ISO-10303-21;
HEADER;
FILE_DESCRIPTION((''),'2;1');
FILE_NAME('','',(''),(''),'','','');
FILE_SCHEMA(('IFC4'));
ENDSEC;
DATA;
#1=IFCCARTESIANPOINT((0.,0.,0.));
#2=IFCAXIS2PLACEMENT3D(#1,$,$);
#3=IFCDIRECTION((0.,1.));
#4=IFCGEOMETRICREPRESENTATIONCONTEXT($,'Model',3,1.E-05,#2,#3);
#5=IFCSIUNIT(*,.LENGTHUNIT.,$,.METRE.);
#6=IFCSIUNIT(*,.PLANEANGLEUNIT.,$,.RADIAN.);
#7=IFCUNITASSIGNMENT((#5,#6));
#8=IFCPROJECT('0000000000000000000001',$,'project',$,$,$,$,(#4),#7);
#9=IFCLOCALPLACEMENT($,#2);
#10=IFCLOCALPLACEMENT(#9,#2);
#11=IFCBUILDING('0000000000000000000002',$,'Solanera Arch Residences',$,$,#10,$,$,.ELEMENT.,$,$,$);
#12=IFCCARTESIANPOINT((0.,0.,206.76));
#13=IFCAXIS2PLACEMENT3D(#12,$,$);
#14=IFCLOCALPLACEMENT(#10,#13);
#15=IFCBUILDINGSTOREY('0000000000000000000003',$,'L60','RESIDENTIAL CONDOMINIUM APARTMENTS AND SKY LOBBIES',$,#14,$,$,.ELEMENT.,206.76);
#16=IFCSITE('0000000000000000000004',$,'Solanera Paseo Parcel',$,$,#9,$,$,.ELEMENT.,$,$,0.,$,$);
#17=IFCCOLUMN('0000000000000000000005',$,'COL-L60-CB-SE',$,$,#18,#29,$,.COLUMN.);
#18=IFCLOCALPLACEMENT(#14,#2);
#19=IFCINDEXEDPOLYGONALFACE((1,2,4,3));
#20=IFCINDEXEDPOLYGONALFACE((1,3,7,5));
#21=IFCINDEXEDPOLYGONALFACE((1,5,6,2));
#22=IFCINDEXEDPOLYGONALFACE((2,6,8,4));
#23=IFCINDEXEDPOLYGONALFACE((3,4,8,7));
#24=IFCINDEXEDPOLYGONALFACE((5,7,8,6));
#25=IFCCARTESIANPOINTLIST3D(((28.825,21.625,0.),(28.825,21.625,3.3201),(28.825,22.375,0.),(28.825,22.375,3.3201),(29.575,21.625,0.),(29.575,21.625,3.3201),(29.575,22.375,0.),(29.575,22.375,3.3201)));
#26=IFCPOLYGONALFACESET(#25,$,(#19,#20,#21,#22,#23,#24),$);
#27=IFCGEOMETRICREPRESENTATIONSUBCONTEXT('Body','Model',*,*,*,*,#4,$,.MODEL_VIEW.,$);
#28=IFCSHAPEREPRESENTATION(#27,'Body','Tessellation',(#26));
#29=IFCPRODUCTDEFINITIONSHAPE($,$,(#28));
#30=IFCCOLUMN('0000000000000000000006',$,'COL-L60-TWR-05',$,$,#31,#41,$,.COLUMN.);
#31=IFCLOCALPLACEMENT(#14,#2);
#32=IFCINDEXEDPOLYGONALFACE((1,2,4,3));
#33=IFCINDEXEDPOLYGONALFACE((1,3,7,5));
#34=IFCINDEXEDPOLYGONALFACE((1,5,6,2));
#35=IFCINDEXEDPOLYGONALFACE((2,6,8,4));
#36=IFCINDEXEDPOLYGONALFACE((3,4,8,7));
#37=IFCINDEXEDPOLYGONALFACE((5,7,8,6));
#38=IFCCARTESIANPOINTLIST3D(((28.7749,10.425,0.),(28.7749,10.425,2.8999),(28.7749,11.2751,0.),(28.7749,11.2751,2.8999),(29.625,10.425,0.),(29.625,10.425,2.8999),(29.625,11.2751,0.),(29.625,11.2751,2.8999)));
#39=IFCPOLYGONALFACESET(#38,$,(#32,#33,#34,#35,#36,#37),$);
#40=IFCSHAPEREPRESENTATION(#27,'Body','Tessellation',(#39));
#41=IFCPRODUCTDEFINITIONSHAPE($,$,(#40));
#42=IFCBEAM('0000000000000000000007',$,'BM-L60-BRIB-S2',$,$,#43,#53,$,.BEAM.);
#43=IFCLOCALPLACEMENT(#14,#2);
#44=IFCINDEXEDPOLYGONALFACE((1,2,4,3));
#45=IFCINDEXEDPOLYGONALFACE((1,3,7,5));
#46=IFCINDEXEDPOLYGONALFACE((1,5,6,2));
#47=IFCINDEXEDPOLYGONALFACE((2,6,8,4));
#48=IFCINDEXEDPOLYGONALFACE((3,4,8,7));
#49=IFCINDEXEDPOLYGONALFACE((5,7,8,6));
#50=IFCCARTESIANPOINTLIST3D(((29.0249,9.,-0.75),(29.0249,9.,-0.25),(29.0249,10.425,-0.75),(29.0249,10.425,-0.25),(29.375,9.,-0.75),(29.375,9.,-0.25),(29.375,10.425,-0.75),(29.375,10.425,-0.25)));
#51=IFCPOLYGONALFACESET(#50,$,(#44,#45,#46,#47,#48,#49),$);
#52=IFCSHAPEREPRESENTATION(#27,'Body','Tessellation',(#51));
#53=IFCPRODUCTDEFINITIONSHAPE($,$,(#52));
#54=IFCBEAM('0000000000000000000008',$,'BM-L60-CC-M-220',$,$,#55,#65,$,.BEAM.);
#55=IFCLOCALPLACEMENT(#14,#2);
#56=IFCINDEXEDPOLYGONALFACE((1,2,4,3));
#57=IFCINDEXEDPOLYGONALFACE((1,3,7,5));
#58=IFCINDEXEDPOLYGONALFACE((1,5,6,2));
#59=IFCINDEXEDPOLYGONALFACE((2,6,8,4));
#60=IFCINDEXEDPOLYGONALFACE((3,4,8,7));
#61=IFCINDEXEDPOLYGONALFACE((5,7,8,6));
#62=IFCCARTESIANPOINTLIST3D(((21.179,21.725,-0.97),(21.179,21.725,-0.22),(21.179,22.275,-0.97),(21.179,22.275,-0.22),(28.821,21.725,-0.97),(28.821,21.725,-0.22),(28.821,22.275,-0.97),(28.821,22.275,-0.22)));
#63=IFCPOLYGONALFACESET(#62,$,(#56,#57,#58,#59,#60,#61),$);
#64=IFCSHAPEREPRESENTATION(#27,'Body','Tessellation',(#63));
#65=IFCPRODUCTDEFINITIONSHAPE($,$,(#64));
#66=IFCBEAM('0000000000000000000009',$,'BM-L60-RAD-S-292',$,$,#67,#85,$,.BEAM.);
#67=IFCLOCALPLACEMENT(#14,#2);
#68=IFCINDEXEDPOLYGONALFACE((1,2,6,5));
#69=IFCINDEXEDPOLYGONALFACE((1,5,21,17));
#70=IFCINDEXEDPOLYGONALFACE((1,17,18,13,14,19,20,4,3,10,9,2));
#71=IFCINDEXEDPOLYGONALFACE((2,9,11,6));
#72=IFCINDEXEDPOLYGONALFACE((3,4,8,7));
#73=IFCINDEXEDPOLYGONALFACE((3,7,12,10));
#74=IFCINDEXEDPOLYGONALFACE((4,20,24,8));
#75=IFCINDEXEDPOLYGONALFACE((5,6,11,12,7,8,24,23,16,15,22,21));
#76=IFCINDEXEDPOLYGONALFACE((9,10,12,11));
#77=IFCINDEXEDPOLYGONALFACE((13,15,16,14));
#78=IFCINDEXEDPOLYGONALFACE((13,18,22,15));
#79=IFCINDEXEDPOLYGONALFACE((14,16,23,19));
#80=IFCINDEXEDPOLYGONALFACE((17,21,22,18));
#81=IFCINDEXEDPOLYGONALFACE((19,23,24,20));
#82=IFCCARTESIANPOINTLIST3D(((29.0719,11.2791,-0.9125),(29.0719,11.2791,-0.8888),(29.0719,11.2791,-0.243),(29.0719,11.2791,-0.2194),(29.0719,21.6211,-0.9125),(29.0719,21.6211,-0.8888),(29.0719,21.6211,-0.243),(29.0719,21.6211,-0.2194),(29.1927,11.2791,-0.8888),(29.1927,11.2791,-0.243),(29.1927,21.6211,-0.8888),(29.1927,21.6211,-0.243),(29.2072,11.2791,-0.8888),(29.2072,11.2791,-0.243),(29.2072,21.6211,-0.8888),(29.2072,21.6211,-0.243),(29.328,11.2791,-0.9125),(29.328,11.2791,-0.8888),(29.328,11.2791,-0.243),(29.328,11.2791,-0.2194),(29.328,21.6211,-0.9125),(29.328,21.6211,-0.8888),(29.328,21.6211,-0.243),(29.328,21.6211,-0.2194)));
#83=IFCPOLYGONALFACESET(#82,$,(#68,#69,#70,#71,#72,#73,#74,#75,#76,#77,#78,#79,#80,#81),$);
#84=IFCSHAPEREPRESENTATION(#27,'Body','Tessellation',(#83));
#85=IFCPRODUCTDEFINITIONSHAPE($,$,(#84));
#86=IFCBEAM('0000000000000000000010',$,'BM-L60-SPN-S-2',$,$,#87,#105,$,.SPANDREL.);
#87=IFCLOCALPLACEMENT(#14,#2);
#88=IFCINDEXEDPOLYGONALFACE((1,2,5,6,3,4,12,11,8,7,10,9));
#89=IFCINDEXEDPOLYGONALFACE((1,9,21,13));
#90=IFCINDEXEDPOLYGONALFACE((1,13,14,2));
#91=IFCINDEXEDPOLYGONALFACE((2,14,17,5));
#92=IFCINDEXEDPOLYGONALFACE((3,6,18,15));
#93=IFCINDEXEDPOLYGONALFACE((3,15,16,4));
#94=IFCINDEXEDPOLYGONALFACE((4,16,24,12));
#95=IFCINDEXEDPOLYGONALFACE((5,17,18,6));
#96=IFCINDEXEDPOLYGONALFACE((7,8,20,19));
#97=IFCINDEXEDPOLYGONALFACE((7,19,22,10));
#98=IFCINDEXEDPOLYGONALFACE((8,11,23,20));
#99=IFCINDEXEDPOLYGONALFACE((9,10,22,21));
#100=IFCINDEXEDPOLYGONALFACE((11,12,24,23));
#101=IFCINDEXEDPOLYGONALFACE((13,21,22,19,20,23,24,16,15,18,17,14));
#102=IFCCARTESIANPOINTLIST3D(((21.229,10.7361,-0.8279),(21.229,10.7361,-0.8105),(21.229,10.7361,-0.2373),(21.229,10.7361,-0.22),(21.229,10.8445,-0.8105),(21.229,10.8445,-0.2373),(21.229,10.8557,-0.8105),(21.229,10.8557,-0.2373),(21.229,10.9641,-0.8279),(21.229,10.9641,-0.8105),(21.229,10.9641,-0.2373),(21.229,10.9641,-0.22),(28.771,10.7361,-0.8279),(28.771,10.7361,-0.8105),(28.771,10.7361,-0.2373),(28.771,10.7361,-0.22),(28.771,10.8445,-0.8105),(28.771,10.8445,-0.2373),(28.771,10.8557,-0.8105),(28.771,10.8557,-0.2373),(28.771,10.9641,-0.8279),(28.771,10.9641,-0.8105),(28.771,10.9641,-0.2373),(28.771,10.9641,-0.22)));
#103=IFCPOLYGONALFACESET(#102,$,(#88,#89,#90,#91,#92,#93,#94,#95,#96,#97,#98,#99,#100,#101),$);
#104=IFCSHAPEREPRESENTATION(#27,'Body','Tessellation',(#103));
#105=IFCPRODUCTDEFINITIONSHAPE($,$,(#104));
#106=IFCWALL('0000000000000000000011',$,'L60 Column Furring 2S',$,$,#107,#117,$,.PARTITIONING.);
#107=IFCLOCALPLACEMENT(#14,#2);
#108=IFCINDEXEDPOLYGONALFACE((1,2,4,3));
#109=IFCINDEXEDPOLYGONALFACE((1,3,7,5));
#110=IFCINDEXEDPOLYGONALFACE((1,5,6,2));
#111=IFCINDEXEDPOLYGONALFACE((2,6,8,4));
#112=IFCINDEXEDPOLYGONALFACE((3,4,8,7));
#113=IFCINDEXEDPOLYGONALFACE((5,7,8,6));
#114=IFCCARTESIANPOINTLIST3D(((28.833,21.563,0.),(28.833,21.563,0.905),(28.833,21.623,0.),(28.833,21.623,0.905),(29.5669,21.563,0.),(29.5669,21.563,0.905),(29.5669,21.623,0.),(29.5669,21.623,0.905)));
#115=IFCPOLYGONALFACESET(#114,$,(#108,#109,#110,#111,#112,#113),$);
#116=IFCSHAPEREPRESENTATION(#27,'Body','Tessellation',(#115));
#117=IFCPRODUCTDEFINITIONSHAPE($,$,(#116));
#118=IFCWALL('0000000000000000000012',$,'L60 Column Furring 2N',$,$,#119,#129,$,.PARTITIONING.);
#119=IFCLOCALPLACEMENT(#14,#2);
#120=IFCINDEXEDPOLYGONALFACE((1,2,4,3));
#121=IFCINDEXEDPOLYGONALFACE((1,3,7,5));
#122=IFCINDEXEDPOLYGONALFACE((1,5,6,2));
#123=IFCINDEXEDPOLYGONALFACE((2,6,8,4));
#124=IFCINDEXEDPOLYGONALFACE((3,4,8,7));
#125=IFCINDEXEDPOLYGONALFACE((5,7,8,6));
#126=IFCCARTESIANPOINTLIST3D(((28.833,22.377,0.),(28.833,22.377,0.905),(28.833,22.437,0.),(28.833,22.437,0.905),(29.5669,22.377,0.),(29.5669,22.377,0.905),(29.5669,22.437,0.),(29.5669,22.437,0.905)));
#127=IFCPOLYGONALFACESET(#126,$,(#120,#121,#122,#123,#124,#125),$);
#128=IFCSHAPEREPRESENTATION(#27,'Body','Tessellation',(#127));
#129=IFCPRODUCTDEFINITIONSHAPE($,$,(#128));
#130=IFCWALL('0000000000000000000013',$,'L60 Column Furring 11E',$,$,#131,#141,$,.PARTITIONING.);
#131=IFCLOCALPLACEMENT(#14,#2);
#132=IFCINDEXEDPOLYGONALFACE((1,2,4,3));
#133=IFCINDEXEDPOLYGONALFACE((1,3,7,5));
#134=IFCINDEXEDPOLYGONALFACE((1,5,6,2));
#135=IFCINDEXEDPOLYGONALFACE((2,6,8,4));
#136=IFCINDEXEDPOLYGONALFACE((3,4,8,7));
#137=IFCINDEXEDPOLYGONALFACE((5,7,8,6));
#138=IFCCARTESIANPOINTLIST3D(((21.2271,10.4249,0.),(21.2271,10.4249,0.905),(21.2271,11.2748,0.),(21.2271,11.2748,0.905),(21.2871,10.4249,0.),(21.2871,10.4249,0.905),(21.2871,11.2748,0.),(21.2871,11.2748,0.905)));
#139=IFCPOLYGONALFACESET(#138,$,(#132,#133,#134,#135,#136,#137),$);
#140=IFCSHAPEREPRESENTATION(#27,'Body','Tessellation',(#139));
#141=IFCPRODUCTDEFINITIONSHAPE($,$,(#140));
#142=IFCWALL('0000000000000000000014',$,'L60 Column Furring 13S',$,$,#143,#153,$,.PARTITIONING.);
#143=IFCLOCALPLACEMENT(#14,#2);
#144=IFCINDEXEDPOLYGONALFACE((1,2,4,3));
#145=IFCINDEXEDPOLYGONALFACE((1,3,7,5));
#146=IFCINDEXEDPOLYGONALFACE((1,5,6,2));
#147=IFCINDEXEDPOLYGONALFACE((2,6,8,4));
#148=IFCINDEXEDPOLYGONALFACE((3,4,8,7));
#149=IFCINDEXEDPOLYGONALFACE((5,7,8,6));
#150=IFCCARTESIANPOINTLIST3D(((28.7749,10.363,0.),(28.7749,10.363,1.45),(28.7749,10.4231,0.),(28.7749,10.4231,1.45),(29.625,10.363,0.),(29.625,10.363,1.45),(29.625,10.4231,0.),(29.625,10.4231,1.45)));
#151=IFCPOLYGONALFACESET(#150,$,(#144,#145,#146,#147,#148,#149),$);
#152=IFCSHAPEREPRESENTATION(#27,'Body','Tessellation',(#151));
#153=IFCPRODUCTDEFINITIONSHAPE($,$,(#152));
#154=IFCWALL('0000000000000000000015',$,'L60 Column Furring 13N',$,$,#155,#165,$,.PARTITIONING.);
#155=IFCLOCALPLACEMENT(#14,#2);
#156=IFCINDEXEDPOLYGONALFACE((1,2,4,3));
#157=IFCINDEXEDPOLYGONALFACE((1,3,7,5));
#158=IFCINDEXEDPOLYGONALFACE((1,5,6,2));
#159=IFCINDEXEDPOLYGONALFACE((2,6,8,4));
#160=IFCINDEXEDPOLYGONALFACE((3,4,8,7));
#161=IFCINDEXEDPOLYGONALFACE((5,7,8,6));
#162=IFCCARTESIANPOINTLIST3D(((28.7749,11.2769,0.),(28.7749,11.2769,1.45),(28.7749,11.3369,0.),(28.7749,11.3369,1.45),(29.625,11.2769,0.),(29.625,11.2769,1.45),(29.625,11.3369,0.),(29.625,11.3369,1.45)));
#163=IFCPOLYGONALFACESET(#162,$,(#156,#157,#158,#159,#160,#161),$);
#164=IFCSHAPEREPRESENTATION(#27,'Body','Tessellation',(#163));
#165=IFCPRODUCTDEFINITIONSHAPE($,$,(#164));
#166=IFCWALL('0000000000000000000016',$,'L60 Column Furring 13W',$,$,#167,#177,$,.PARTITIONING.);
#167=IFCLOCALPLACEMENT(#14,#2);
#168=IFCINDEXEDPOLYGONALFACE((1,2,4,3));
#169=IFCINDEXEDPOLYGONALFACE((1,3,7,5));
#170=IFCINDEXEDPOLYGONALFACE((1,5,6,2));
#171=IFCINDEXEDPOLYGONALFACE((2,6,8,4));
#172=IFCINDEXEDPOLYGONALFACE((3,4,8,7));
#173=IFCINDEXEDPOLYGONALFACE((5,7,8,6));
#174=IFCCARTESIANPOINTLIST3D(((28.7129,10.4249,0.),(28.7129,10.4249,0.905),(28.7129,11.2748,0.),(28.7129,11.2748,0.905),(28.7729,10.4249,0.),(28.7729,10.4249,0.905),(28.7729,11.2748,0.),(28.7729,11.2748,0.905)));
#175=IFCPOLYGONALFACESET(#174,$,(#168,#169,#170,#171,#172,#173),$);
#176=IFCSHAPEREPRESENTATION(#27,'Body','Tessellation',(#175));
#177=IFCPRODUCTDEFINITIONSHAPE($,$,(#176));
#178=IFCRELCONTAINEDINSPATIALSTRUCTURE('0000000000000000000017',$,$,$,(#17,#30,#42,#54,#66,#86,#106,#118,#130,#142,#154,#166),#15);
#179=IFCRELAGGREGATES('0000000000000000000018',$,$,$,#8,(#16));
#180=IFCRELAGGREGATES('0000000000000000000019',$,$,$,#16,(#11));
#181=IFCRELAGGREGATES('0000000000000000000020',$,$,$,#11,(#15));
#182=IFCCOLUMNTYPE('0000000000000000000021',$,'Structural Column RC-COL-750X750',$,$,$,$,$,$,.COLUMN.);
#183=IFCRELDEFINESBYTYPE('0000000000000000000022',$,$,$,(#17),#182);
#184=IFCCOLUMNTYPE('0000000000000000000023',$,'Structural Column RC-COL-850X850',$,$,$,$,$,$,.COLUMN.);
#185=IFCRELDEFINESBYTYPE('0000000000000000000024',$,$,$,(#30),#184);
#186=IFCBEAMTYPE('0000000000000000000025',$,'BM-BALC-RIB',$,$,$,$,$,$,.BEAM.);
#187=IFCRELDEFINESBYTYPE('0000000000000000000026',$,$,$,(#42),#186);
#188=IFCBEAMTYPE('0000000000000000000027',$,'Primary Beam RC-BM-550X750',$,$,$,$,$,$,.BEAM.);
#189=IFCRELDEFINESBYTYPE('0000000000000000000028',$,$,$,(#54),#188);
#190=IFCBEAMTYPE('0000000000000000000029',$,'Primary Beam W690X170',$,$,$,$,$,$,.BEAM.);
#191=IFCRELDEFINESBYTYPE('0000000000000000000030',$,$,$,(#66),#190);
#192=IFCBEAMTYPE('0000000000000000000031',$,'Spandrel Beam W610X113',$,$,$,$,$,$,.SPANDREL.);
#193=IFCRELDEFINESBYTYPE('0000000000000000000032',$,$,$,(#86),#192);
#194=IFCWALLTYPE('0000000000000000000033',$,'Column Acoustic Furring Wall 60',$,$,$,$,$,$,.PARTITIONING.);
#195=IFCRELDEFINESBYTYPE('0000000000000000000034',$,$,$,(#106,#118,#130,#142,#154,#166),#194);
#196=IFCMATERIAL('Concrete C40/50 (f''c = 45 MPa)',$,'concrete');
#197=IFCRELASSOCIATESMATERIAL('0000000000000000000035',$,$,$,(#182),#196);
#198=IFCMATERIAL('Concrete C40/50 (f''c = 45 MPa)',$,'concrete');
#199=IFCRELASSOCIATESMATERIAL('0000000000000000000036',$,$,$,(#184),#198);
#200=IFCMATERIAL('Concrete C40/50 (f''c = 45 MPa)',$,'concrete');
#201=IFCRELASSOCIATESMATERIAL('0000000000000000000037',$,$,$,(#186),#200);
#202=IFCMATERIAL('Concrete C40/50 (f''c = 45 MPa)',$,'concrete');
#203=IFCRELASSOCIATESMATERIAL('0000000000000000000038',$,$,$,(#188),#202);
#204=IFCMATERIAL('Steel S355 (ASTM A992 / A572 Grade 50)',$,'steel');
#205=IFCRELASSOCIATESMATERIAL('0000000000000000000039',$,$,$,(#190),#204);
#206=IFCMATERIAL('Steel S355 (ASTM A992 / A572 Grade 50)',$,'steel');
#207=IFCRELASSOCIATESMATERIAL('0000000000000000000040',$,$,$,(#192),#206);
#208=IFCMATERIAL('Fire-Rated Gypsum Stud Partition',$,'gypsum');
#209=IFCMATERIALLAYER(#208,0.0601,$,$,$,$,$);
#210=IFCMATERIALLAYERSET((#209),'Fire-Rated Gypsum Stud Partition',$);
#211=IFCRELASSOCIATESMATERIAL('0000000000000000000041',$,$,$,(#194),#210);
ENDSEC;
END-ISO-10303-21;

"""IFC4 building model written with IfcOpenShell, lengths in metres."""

from ifc_helpers import new_model, si_unit, direction, frame, frame_2d, origin, origin_2d, place, context, subcontext, project, spatial, rectangle, i_section, extrude, material, layer, layer_set, material_profile, profile_set, type_object, element, save


model = new_model("IFC4")

# Units and contexts
model_context = context("Model", 3, precision=1e-05, world=origin(), true_north=direction((0.0, 1.0)))
body_context = subcontext(model_context, "Body", "Model", "MODEL_VIEW")
ifc_project = project(units=[si_unit("LENGTHUNIT", "METRE"), si_unit("PLANEANGLEUNIT", "RADIAN")], contexts=[model_context])

# Site, building, storey
site_placement = place(None, origin())
site = spatial("IfcSite", under=ifc_project, at=site_placement, Name="Solanera Paseo Parcel", CompositionType="ELEMENT", RefElevation=0.0)
building_placement = place(site_placement, origin())
building = spatial("IfcBuilding", under=site, at=building_placement, Name="Solanera Arch Residences", CompositionType="ELEMENT")
storey_placement = place(building_placement, frame((0.0, 0.0, 206.76)))
storey = spatial("IfcBuildingStorey", under=building, at=storey_placement, Name="L60", Description="RESIDENTIAL CONDOMINIUM APARTMENTS AND SKY LOBBIES", CompositionType="ELEMENT", Elevation=206.76)

# Columns
ifc_material_1 = material(Name="Concrete C40/50 (f'c = 45 MPa)", Category="concrete")
ifc_material_profile_1 = material_profile(ifc_material_1, rectangle(XDim=0.75, YDim=0.75, at=origin_2d()))
ifc_profile_set_1 = profile_set([ifc_material_profile_1], Name="Concrete C40/50 (f'c = 45 MPa)")
column_type_1 = type_object("IfcColumnType", Name="Structural Column RC-COL-750X750", PredefinedType="COLUMN", material=ifc_profile_set_1)
column_1_placement = place(storey_placement, frame((29.2, 22.0, 0.0), z_axis=(0.0, 0.0, 1.0), x_axis=(1.0, 0.0, 0.0)))
element("IfcColumn", 1, at=column_1_placement, inside=storey, type_object=column_type_1, Name="COL-L60-CB-SE", PredefinedType="COLUMN", context=body_context, shape_type="SweptSolid", body=[
    extrude(rectangle(XDim=0.75, YDim=0.75, at=origin_2d()), origin(), (0.0, 0.0, 1.0), 3.3201),
])
ifc_material_2 = material(Name="Concrete C40/50 (f'c = 45 MPa)", Category="concrete")
ifc_material_profile_2 = material_profile(ifc_material_2, rectangle(XDim=0.8501, YDim=0.8501, at=origin_2d()))
ifc_profile_set_2 = profile_set([ifc_material_profile_2], Name="Concrete C40/50 (f'c = 45 MPa)")
column_type_2 = type_object("IfcColumnType", Name="Structural Column RC-COL-850X850", PredefinedType="COLUMN", material=ifc_profile_set_2)
column_2_placement = place(storey_placement, frame((29.2, 10.8501, 0.0), z_axis=(0.0, 0.0, 1.0), x_axis=(1.0, 0.0, 0.0)))
element("IfcColumn", 2, at=column_2_placement, inside=storey, type_object=column_type_2, Name="COL-L60-TWR-05", PredefinedType="COLUMN", context=body_context, shape_type="SweptSolid", body=[
    extrude(rectangle(XDim=0.8501, YDim=0.8501, at=origin_2d()), origin(), (0.0, 0.0, 1.0), 2.8999),
])

# Beams
ifc_material_3 = material(Name="Concrete C40/50 (f'c = 45 MPa)", Category="concrete")
ifc_material_profile_3 = material_profile(ifc_material_3, rectangle(XDim=0.3501, YDim=0.5, at=origin_2d()))
ifc_profile_set_3 = profile_set([ifc_material_profile_3], Name="Concrete C40/50 (f'c = 45 MPa)")
beam_type_1 = type_object("IfcBeamType", Name="BM-BALC-RIB", PredefinedType="BEAM", material=ifc_profile_set_3)
beam_1_placement = place(storey_placement, frame((29.2, 9.0, -0.5), z_axis=(0.0, 1.0, 0.0), x_axis=(-1.0, 0.0, 0.0)))
element("IfcBeam", 3, at=beam_1_placement, inside=storey, type_object=beam_type_1, Name="BM-L60-BRIB-S2", PredefinedType="BEAM", context=body_context, shape_type="SweptSolid", body=[
    extrude(rectangle(XDim=0.3501, YDim=0.5, at=origin_2d()), origin(), (0.0, 0.0, 1.0), 1.425),
])
ifc_material_4 = material(Name="Concrete C40/50 (f'c = 45 MPa)", Category="concrete")
ifc_material_profile_4 = material_profile(ifc_material_4, rectangle(XDim=0.55, YDim=0.75, at=origin_2d()))
ifc_profile_set_4 = profile_set([ifc_material_profile_4], Name="Concrete C40/50 (f'c = 45 MPa)")
beam_type_2 = type_object("IfcBeamType", Name="Primary Beam RC-BM-550X750", PredefinedType="BEAM", material=ifc_profile_set_4)
beam_2_placement = place(storey_placement, frame((21.179, 22.0, -0.595), z_axis=(1.0, 0.0, 0.0), x_axis=(0.0, 1.0, 0.0)))
element("IfcBeam", 4, at=beam_2_placement, inside=storey, type_object=beam_type_2, Name="BM-L60-CC-M-220", PredefinedType="BEAM", context=body_context, shape_type="SweptSolid", body=[
    extrude(rectangle(XDim=0.55, YDim=0.75, at=origin_2d()), origin(), (0.0, 0.0, 1.0), 7.6421),
])
ifc_material_5 = material(Name="Steel S355 (ASTM A992 / A572 Grade 50)", Category="steel")
ifc_material_profile_5 = material_profile(ifc_material_5, i_section(OverallWidth=0.2561, OverallDepth=0.6931, WebThickness=0.0144, FlangeThickness=0.0237, at=origin_2d()))
ifc_profile_set_5 = profile_set([ifc_material_profile_5], Name="Steel S355 (ASTM A992 / A572 Grade 50)")
beam_type_3 = type_object("IfcBeamType", Name="Primary Beam W690X170", PredefinedType="BEAM", material=ifc_profile_set_5)
beam_3_placement = place(storey_placement, frame((29.2, 11.2791, -0.5659), z_axis=(0.0, 1.0, 0.0), x_axis=(-1.0, 0.0, 0.0)))
element("IfcBeam", 5, at=beam_3_placement, inside=storey, type_object=beam_type_3, Name="BM-L60-RAD-S-292", PredefinedType="BEAM", context=body_context, shape_type="SweptSolid", body=[
    extrude(i_section(OverallWidth=0.2561, OverallDepth=0.6931, WebThickness=0.0144, FlangeThickness=0.0237, at=origin_2d()), origin(), (0.0, 0.0, 1.0), 10.342),
])
ifc_material_6 = material(Name="Steel S355 (ASTM A992 / A572 Grade 50)", Category="steel")
ifc_material_profile_6 = material_profile(ifc_material_6, i_section(OverallWidth=0.228, OverallDepth=0.6079, WebThickness=0.0112, FlangeThickness=0.0173, at=origin_2d()))
ifc_profile_set_6 = profile_set([ifc_material_profile_6], Name="Steel S355 (ASTM A992 / A572 Grade 50)")
beam_type_4 = type_object("IfcBeamType", Name="Spandrel Beam W610X113", PredefinedType="SPANDREL", material=ifc_profile_set_6)
beam_4_placement = place(storey_placement, frame((21.229, 10.8501, -0.5239), z_axis=(1.0, 0.0, 0.0), x_axis=(0.0, 1.0, 0.0)))
element("IfcBeam", 6, at=beam_4_placement, inside=storey, type_object=beam_type_4, Name="BM-L60-SPN-S-2", PredefinedType="SPANDREL", context=body_context, shape_type="SweptSolid", body=[
    extrude(i_section(OverallWidth=0.228, OverallDepth=0.6079, WebThickness=0.0112, FlangeThickness=0.0173, at=origin_2d()), origin(), (0.0, 0.0, 1.0), 7.542),
])

# Walls
ifc_material_7 = material(Name="Fire-Rated Gypsum Stud Partition", Category="gypsum")
ifc_layer_1 = layer(ifc_material_7, 0.0601)
ifc_layer_set_1 = layer_set([ifc_layer_1], Name="Fire-Rated Gypsum Stud Partition")
wall_type_1 = type_object("IfcWallType", Name="Column Acoustic Furring Wall 60", PredefinedType="PARTITIONING", material=ifc_layer_set_1)
for number, where, z_axis, x_axis, name in (
    (7, (28.833, 21.593, 0.0), (0.0, 0.0, 1.0), (1.0, 0.0, 0.0), "L60 Column Furring 2S"),
    (8, (28.833, 22.407, 0.0), (0.0, 0.0, 1.0), (1.0, 0.0, 0.0), "L60 Column Furring 2N"),
):
    element("IfcWall", number, at=place(storey_placement, frame(where, z_axis=z_axis, x_axis=x_axis)), inside=storey, type_object=wall_type_1, Name=name, PredefinedType="PARTITIONING", context=body_context, shape_type="SweptSolid", body=[
        extrude(rectangle(XDim=0.7339, YDim=0.0601, at=frame_2d((0.3669, 0.0))), origin(), (0.0, 0.0, 1.0), 0.905),
    ])
wall_1_placement = place(storey_placement, frame((21.2571, 10.425, 0.0), z_axis=(0.0, 0.0, 1.0), x_axis=(0.0, 1.0, 0.0)))
element("IfcWall", 9, at=wall_1_placement, inside=storey, type_object=wall_type_1, Name="L60 Column Furring 11E", PredefinedType="PARTITIONING", context=body_context, shape_type="SweptSolid", body=[
    extrude(rectangle(XDim=0.8499, YDim=0.0601, at=frame_2d((0.4248, 0.0))), origin(), (0.0, 0.0, 1.0), 0.905),
])
for number, where, z_axis, x_axis, name in (
    (10, (28.7749, 10.3931, 0.0), (0.0, 0.0, 1.0), (1.0, 0.0, 0.0), "L60 Column Furring 13S"),
    (11, (28.7749, 11.3069, 0.0), (0.0, 0.0, 1.0), (1.0, 0.0, 0.0), "L60 Column Furring 13N"),
):
    element("IfcWall", number, at=place(storey_placement, frame(where, z_axis=z_axis, x_axis=x_axis)), inside=storey, type_object=wall_type_1, Name=name, PredefinedType="PARTITIONING", context=body_context, shape_type="SweptSolid", body=[
        extrude(rectangle(XDim=0.8501, YDim=0.0601, at=frame_2d((0.425, 0.0))), origin(), (0.0, 0.0, 1.0), 1.45),
    ])
wall_2_placement = place(storey_placement, frame((28.7429, 10.425, 0.0), z_axis=(0.0, 0.0, 1.0), x_axis=(0.0, 1.0, 0.0)))
element("IfcWall", 12, at=wall_2_placement, inside=storey, type_object=wall_type_1, Name="L60 Column Furring 13W", PredefinedType="PARTITIONING", context=body_context, shape_type="SweptSolid", body=[
    extrude(rectangle(XDim=0.8499, YDim=0.0601, at=frame_2d((0.4248, 0.0))), origin(), (0.0, 0.0, 1.0), 0.905),
])

save(model, "model.ifc")
